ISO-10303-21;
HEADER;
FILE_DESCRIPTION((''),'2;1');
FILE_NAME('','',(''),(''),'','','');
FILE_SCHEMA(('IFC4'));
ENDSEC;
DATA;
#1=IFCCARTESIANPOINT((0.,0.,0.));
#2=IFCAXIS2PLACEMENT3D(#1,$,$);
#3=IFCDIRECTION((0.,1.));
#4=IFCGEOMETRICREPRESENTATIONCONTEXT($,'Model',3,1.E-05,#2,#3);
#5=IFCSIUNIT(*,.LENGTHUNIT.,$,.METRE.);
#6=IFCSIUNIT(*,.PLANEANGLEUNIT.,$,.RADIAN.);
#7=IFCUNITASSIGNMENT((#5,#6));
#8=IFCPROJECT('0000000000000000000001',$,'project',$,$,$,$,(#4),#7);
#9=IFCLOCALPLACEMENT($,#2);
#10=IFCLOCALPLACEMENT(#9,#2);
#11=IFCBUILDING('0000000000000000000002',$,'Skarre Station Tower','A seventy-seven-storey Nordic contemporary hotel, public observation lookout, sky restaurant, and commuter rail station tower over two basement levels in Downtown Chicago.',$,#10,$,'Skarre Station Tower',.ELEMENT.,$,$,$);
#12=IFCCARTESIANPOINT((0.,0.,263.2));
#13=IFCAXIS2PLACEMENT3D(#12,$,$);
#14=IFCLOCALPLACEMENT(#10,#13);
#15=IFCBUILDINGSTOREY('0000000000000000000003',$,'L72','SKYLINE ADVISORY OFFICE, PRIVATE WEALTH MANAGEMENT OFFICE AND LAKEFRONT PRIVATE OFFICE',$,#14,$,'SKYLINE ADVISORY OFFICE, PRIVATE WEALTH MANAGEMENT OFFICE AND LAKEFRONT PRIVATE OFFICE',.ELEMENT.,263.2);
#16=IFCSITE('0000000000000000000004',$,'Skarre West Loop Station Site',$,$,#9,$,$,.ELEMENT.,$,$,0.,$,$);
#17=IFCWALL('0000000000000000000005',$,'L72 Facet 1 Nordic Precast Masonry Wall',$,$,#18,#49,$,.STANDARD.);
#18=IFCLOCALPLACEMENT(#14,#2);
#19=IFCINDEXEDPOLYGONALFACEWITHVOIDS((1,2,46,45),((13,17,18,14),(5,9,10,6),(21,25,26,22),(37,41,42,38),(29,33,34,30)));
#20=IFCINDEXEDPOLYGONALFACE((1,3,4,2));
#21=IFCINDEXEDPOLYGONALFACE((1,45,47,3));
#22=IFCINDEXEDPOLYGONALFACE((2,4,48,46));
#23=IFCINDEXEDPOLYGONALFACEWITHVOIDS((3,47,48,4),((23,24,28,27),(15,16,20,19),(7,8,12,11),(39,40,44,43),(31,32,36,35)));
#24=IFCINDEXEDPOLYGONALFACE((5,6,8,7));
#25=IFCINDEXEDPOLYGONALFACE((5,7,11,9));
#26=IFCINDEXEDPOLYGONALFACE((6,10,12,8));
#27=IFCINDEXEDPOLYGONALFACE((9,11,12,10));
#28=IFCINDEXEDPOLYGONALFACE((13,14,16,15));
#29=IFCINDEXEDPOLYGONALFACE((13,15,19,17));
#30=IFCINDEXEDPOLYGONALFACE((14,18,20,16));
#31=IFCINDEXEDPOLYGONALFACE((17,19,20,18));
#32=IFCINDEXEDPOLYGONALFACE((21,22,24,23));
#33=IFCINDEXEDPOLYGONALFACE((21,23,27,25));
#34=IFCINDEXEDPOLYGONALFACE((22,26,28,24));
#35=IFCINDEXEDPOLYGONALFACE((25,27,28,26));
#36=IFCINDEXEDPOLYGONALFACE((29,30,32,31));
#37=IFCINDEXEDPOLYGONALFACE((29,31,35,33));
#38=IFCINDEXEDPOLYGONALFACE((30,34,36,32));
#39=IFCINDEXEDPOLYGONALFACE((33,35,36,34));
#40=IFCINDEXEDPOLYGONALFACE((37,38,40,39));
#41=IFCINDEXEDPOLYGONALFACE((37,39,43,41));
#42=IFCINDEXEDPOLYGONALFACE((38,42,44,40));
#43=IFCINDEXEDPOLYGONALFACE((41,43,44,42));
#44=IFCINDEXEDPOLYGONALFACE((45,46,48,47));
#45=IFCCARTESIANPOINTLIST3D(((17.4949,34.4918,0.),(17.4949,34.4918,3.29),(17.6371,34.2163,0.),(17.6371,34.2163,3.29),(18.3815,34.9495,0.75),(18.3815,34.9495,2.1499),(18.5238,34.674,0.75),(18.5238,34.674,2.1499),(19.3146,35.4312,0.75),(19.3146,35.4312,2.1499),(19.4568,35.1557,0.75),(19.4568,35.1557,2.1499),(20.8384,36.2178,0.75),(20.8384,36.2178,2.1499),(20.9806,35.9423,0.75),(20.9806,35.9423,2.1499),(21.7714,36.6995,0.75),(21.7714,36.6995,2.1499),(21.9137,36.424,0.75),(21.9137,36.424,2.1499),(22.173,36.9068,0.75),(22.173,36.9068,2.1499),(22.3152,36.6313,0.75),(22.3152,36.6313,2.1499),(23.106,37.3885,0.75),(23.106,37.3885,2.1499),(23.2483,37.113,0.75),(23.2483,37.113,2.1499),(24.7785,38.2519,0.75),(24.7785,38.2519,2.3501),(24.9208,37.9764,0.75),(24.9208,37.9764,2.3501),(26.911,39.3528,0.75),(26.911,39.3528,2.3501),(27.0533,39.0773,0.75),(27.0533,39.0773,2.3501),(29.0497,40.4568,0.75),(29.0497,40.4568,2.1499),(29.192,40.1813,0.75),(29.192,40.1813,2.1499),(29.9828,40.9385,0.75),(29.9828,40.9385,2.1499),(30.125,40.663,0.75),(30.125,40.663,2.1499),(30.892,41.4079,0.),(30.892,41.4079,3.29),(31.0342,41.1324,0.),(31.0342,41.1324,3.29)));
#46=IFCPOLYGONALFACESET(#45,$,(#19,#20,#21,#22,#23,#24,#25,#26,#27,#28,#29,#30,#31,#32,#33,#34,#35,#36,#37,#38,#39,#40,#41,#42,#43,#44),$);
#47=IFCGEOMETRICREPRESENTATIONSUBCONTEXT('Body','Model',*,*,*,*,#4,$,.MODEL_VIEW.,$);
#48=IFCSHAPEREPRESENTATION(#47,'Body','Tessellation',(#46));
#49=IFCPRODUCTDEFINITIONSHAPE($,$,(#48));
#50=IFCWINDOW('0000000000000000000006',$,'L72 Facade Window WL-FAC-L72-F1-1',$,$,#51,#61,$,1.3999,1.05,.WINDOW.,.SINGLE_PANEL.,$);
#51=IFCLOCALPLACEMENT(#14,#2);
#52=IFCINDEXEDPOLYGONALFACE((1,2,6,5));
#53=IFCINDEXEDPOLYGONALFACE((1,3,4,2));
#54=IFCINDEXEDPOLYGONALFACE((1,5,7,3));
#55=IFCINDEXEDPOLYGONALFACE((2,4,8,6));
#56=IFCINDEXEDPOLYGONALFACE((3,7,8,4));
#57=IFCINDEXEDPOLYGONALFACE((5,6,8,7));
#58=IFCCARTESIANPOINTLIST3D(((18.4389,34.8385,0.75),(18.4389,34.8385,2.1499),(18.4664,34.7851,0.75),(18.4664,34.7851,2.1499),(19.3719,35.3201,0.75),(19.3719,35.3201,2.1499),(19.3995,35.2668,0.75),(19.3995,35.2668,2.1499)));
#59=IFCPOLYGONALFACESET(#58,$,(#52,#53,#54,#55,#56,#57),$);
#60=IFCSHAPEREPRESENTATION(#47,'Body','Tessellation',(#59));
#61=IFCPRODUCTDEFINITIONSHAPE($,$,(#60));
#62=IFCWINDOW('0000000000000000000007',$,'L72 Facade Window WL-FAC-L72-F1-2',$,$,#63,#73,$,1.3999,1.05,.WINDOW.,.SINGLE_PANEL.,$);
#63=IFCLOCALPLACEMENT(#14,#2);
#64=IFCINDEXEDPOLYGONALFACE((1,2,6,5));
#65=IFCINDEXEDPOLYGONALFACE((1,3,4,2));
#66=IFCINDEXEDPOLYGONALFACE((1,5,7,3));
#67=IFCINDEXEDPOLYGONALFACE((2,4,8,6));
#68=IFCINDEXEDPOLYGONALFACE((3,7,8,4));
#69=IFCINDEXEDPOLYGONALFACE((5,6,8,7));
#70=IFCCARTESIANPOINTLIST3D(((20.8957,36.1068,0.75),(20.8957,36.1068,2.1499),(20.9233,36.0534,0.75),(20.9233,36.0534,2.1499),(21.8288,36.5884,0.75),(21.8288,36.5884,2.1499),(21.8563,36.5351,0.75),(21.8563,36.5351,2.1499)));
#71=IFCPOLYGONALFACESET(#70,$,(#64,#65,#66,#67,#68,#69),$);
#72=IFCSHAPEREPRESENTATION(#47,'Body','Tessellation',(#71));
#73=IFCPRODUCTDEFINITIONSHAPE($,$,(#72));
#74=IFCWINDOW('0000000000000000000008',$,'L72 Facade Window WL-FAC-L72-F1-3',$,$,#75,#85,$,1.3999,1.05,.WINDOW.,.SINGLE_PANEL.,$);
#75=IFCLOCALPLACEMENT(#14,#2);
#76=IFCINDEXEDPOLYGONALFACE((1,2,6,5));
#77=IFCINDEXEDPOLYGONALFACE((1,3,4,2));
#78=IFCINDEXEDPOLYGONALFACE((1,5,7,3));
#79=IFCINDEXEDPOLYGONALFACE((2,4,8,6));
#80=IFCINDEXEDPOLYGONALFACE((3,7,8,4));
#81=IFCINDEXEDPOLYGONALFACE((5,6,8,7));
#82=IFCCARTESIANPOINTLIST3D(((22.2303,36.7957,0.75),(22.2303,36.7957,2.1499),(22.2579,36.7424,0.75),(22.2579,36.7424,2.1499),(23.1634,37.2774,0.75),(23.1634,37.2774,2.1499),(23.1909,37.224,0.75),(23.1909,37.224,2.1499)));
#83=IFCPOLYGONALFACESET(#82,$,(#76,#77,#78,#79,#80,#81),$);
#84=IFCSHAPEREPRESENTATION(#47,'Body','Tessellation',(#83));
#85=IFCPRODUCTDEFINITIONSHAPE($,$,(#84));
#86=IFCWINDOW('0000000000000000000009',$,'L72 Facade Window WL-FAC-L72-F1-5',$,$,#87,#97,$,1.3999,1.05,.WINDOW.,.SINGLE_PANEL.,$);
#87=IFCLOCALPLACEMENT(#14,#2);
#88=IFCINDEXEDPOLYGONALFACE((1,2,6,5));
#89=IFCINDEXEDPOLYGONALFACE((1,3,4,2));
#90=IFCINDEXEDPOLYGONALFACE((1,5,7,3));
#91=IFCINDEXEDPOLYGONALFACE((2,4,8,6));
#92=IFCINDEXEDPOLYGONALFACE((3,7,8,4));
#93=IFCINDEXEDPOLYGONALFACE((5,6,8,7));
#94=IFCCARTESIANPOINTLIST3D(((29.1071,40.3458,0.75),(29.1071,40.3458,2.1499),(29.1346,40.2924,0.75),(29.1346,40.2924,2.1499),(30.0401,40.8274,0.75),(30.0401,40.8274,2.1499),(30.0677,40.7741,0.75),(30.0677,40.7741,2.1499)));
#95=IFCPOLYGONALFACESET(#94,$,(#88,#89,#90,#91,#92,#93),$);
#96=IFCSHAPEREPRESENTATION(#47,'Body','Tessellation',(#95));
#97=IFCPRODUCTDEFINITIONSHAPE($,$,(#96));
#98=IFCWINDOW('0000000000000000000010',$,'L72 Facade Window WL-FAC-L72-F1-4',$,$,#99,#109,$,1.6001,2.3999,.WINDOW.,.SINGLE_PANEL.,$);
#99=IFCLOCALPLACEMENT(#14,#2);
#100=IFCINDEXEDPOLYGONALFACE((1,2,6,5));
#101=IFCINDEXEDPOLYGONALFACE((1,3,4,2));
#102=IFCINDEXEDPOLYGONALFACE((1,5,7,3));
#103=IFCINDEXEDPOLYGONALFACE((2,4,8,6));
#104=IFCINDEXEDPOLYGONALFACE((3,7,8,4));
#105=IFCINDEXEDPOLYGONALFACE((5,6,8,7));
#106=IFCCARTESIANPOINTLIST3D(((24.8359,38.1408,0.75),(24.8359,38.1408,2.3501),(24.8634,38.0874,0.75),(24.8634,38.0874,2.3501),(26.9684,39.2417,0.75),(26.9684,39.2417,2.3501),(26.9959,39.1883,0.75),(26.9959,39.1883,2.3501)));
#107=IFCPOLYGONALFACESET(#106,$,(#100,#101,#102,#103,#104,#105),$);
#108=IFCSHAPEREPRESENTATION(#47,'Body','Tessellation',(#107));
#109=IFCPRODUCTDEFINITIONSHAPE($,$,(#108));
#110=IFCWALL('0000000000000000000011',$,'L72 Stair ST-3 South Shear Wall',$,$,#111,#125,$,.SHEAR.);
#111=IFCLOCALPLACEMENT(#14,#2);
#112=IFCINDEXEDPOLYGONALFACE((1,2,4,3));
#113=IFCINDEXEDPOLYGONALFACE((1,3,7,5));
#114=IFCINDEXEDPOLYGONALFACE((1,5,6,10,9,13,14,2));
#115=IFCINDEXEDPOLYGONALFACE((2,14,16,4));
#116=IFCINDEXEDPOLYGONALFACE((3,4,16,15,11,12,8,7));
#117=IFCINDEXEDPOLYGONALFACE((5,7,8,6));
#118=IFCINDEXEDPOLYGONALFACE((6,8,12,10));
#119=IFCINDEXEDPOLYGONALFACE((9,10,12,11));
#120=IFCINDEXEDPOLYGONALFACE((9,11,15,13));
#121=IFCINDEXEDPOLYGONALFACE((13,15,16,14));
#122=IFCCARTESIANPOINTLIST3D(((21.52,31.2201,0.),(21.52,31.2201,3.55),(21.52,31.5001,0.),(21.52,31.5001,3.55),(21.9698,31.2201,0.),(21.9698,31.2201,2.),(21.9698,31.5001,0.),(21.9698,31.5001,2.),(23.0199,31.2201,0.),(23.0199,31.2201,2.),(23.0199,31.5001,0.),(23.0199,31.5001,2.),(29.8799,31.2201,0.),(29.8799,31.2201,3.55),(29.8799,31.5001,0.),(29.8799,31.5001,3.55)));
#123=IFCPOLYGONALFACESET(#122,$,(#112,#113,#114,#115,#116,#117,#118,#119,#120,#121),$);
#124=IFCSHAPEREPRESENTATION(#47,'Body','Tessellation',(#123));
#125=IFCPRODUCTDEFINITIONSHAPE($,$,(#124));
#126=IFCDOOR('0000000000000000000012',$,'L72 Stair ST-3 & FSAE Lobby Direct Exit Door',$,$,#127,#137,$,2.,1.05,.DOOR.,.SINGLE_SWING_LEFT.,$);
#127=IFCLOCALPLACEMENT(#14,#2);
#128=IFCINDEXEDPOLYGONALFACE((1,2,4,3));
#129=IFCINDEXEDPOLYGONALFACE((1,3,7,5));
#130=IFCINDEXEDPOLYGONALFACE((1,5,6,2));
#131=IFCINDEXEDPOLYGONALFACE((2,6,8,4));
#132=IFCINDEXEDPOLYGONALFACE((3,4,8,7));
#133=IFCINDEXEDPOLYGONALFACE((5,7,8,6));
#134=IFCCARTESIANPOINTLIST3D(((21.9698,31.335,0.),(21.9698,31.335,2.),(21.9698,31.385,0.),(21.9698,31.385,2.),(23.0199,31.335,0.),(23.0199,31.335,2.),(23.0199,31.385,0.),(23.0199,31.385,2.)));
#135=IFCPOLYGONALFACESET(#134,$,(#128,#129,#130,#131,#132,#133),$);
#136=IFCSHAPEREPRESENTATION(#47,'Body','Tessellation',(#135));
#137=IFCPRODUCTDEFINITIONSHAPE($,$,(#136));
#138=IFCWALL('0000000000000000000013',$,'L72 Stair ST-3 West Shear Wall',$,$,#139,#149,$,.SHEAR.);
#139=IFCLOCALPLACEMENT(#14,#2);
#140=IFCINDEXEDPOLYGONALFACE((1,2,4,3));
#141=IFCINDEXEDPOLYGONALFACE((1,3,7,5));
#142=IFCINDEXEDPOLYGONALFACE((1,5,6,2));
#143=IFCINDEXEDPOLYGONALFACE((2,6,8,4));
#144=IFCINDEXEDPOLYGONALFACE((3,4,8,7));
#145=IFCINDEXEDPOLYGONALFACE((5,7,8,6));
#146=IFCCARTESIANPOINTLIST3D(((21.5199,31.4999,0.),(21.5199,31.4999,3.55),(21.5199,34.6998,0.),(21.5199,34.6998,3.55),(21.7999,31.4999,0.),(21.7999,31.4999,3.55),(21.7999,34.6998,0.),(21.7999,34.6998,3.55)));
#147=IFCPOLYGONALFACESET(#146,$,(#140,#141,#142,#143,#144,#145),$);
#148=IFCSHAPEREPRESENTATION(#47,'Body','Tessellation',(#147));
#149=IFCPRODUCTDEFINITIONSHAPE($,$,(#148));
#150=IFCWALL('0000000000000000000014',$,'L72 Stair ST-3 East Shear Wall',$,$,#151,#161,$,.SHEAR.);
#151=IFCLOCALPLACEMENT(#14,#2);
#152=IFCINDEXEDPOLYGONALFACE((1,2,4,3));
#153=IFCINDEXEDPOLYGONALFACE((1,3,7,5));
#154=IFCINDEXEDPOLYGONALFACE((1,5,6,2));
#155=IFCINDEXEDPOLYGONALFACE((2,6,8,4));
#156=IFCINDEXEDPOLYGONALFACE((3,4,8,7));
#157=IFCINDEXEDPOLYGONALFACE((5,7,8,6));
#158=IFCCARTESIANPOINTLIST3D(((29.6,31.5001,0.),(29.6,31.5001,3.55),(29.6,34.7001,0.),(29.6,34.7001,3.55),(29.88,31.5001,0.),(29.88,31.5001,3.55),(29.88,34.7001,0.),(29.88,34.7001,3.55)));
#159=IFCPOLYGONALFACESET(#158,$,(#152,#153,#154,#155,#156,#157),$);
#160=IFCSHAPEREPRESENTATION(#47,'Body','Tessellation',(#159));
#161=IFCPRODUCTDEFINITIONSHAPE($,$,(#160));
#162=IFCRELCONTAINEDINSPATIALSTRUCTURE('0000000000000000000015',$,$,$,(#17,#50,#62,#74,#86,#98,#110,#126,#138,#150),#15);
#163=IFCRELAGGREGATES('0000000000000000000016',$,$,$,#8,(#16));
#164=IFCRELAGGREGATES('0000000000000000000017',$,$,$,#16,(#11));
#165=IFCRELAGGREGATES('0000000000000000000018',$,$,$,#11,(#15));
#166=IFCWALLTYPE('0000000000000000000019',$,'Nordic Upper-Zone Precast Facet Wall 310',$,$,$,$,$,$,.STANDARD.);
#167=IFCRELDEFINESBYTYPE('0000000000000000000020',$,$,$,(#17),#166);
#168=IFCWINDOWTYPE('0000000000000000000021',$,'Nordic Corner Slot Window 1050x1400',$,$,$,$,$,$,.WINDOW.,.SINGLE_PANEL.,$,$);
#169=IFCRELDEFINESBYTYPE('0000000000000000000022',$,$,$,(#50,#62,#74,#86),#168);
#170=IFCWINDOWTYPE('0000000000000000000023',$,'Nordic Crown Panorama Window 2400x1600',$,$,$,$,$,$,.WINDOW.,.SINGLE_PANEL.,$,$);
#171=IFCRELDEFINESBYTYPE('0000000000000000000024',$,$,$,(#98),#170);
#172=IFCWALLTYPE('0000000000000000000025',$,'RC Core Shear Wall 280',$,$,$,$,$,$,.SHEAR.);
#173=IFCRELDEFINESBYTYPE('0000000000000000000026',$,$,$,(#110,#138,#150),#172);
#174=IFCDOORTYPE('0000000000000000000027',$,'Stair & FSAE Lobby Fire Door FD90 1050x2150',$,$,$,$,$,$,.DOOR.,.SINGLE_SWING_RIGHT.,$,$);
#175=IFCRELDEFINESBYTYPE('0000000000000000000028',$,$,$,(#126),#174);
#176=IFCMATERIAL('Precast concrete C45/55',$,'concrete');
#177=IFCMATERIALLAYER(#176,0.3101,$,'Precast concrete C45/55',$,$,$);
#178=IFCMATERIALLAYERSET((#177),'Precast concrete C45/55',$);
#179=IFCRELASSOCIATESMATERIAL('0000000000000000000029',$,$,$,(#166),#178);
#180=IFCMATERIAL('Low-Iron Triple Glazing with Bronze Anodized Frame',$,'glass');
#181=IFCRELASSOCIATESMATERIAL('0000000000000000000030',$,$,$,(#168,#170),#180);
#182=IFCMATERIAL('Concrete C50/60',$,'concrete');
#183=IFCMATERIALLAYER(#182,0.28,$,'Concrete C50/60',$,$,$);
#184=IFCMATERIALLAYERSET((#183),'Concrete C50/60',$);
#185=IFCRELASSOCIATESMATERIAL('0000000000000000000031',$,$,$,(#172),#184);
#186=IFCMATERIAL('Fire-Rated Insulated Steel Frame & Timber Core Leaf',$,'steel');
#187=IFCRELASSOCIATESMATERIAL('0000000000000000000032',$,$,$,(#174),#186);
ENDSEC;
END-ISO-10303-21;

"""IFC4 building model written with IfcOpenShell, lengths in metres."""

from ifc_helpers import new_model, si_unit, direction, frame, frame_2d, origin, place, context, subcontext, project, spatial, rectangle, extrude, material, layer, layer_set, type_object, element, fill, save


model = new_model("IFC4")

# Units and contexts
model_context = context("Model", 3, precision=1e-05, world=origin(), true_north=direction((0.0, 1.0)))
body_context = subcontext(model_context, "Body", "Model", "MODEL_VIEW")
ifc_project = project(units=[si_unit("LENGTHUNIT", "METRE"), si_unit("PLANEANGLEUNIT", "RADIAN")], contexts=[model_context])

# Site, building, storey
site_placement = place(None, origin())
site = spatial("IfcSite", under=ifc_project, at=site_placement, Name="Skarre West Loop Station Site", CompositionType="ELEMENT", RefElevation=0.0)
building_placement = place(site_placement, origin())
building = spatial("IfcBuilding", under=site, at=building_placement, Name="Skarre Station Tower", Description="A seventy-seven-storey Nordic contemporary hotel, public observation lookout, sky restaurant, and commuter rail station tower over two basement levels in Downtown Chicago.", LongName="Skarre Station Tower", CompositionType="ELEMENT")
storey_placement = place(building_placement, frame((0.0, 0.0, 263.2)))
storey = spatial("IfcBuildingStorey", under=building, at=storey_placement, Name="L72", Description="SKYLINE ADVISORY OFFICE, PRIVATE WEALTH MANAGEMENT OFFICE AND LAKEFRONT PRIVATE OFFICE", LongName="SKYLINE ADVISORY OFFICE, PRIVATE WEALTH MANAGEMENT OFFICE AND LAKEFRONT PRIVATE OFFICE", CompositionType="ELEMENT", Elevation=263.2)

# Shared definitions
ifc_material_1 = material(Name="Concrete C50/60", Category="concrete")

# Shared definitions
ifc_material_2 = material(Name="Precast concrete C45/55", Category="concrete")

# Wall, openings, windows
ifc_layer_1 = layer(ifc_material_2, 0.3101, Name="Precast concrete C45/55")
ifc_layer_set_1 = layer_set([ifc_layer_1], Name="Precast concrete C45/55")
wall_type_1 = type_object("IfcWallType", Name="Nordic Upper-Zone Precast Facet Wall 310", PredefinedType="STANDARD", material=ifc_layer_set_1)
wall_1_placement = place(storey_placement, frame((17.5659, 34.354, 0.0), z_axis=(0.0, 0.0, 1.0), x_axis=(0.888581, 0.458719, 0.0)))
wall_1 = element("IfcWall", 1, at=wall_1_placement, inside=storey, type_object=wall_type_1, Name="L72 Facet 1 Nordic Precast Masonry Wall", PredefinedType="STANDARD", context=body_context, shape_type="SweptSolid", body=[
    extrude(rectangle(XDim=15.0769, YDim=0.3101, at=frame_2d((7.5386, 0.0))), origin(), (0.0, 0.0, 1.0), 3.29),
])
opening_1_placement = place(wall_1_placement, frame((0.998, 0.0, 0.75)))
opening_1 = element("IfcOpeningElement", 2, at=opening_1_placement, cuts=wall_1, PredefinedType="OPENING", context=body_context, shape_type="SweptSolid", body=[
    extrude(rectangle(XDim=1.05, YDim=1.3999, at=frame_2d((0.5249, 0.7))), frame((0.0, 0.165, 0.0), z_axis=(0.0, -1.0, 0.0), x_axis=(1.0, 0.0, 0.0)), (0.0, 0.0, 1.0), 0.3301),
])
opening_2_placement = place(wall_1_placement, frame((3.7629, 0.0, 0.75)))
opening_2 = element("IfcOpeningElement", 3, at=opening_2_placement, cuts=wall_1, PredefinedType="OPENING", context=body_context, shape_type="SweptSolid", body=[
    extrude(rectangle(XDim=1.05, YDim=1.3999, at=frame_2d((0.5249, 0.7))), frame((0.0, 0.165, 0.0), z_axis=(0.0, -1.0, 0.0), x_axis=(1.0, 0.0, 0.0)), (0.0, 0.0, 1.0), 0.3301),
])
opening_3_placement = place(wall_1_placement, frame((5.2649, 0.0, 0.75)))
opening_3 = element("IfcOpeningElement", 4, at=opening_3_placement, cuts=wall_1, PredefinedType="OPENING", context=body_context, shape_type="SweptSolid", body=[
    extrude(rectangle(XDim=1.05, YDim=1.3999, at=frame_2d((0.5249, 0.7))), frame((0.0, 0.165, 0.0), z_axis=(0.0, -1.0, 0.0), x_axis=(1.0, 0.0, 0.0)), (0.0, 0.0, 1.0), 0.3301),
])
opening_4_placement = place(wall_1_placement, frame((8.197, 0.0, 0.75)))
opening_4 = element("IfcOpeningElement", 5, at=opening_4_placement, cuts=wall_1, PredefinedType="OPENING", context=body_context, shape_type="SweptSolid", body=[
    extrude(rectangle(XDim=2.3999, YDim=1.6001, at=frame_2d((1.2, 0.8))), frame((0.0, 0.165, 0.0), z_axis=(0.0, -1.0, 0.0), x_axis=(1.0, 0.0, 0.0)), (0.0, 0.0, 1.0), 0.3301),
])
opening_5_placement = place(wall_1_placement, frame((13.0039, 0.0, 0.75)))
opening_5 = element("IfcOpeningElement", 6, at=opening_5_placement, cuts=wall_1, PredefinedType="OPENING", context=body_context, shape_type="SweptSolid", body=[
    extrude(rectangle(XDim=1.05, YDim=1.3999, at=frame_2d((0.5249, 0.7))), frame((0.0, 0.165, 0.0), z_axis=(0.0, -1.0, 0.0), x_axis=(1.0, 0.0, 0.0)), (0.0, 0.0, 1.0), 0.3301),
])
ifc_material_3 = material(Name="Low-Iron Triple Glazing with Bronze Anodized Frame", Category="glass")
window_type_1 = type_object("IfcWindowType", Name="Nordic Corner Slot Window 1050x1400", PartitioningType="SINGLE_PANEL", PredefinedType="WINDOW", material=ifc_material_3)
window_1_placement = place(opening_1_placement, origin())
window_1 = element("IfcWindow", 7, at=window_1_placement, inside=storey, type_object=window_type_1, Name="L72 Facade Window WL-FAC-L72-F1-1", OverallHeight=1.3999, OverallWidth=1.05, PartitioningType="SINGLE_PANEL", PredefinedType="WINDOW", context=body_context, shape_type="SweptSolid", body=[
    extrude(rectangle(XDim=1.05, YDim=1.3999, at=frame_2d((0.5249, 0.7))), frame((0.0, 0.03, 0.0), z_axis=(0.0, -1.0, 0.0), x_axis=(1.0, 0.0, 0.0)), (0.0, 0.0, 1.0), 0.0601),
])
fill(opening_1, window_1)
window_2_placement = place(opening_2_placement, origin())
window_2 = element("IfcWindow", 8, at=window_2_placement, inside=storey, type_object=window_type_1, Name="L72 Facade Window WL-FAC-L72-F1-2", OverallHeight=1.3999, OverallWidth=1.05, PartitioningType="SINGLE_PANEL", PredefinedType="WINDOW", context=body_context, shape_type="SweptSolid", body=[
    extrude(rectangle(XDim=1.05, YDim=1.3999, at=frame_2d((0.5249, 0.7))), frame((0.0, 0.03, 0.0), z_axis=(0.0, -1.0, 0.0), x_axis=(1.0, 0.0, 0.0)), (0.0, 0.0, 1.0), 0.0601),
])
fill(opening_2, window_2)
window_3_placement = place(opening_3_placement, origin())
window_3 = element("IfcWindow", 9, at=window_3_placement, inside=storey, type_object=window_type_1, Name="L72 Facade Window WL-FAC-L72-F1-3", OverallHeight=1.3999, OverallWidth=1.05, PartitioningType="SINGLE_PANEL", PredefinedType="WINDOW", context=body_context, shape_type="SweptSolid", body=[
    extrude(rectangle(XDim=1.05, YDim=1.3999, at=frame_2d((0.5249, 0.7))), frame((0.0, 0.03, 0.0), z_axis=(0.0, -1.0, 0.0), x_axis=(1.0, 0.0, 0.0)), (0.0, 0.0, 1.0), 0.0601),
])
fill(opening_3, window_3)
window_4_placement = place(opening_5_placement, origin())
window_4 = element("IfcWindow", 10, at=window_4_placement, inside=storey, type_object=window_type_1, Name="L72 Facade Window WL-FAC-L72-F1-5", OverallHeight=1.3999, OverallWidth=1.05, PartitioningType="SINGLE_PANEL", PredefinedType="WINDOW", context=body_context, shape_type="SweptSolid", body=[
    extrude(rectangle(XDim=1.05, YDim=1.3999, at=frame_2d((0.5249, 0.7))), frame((0.0, 0.03, 0.0), z_axis=(0.0, -1.0, 0.0), x_axis=(1.0, 0.0, 0.0)), (0.0, 0.0, 1.0), 0.0601),
])
fill(opening_5, window_4)
window_type_2 = type_object("IfcWindowType", Name="Nordic Crown Panorama Window 2400x1600", PartitioningType="SINGLE_PANEL", PredefinedType="WINDOW", material=ifc_material_3)
window_5_placement = place(opening_4_placement, origin())
window_5 = element("IfcWindow", 11, at=window_5_placement, inside=storey, type_object=window_type_2, Name="L72 Facade Window WL-FAC-L72-F1-4", OverallHeight=1.6001, OverallWidth=2.3999, PartitioningType="SINGLE_PANEL", PredefinedType="WINDOW", context=body_context, shape_type="SweptSolid", body=[
    extrude(rectangle(XDim=2.3999, YDim=1.6001, at=frame_2d((1.2, 0.8))), frame((0.0, 0.03, 0.0), z_axis=(0.0, -1.0, 0.0), x_axis=(1.0, 0.0, 0.0)), (0.0, 0.0, 1.0), 0.0601),
])
fill(opening_4, window_5)

# Wall, opening, door
ifc_layer_2 = layer(ifc_material_1, 0.28, Name="Concrete C50/60")
ifc_layer_set_2 = layer_set([ifc_layer_2], Name="Concrete C50/60")
wall_type_2 = type_object("IfcWallType", Name="RC Core Shear Wall 280", PredefinedType="SHEAR", material=ifc_layer_set_2)
wall_2_placement = place(storey_placement, frame((21.52, 31.3601, 0.0), z_axis=(0.0, 0.0, 1.0), x_axis=(1.0, 0.0, 0.0)))
wall_2 = element("IfcWall", 12, at=wall_2_placement, inside=storey, type_object=wall_type_2, Name="L72 Stair ST-3 South Shear Wall", PredefinedType="SHEAR", context=body_context, shape_type="SweptSolid", body=[
    extrude(rectangle(XDim=8.3599, YDim=0.28, at=frame_2d((4.1799, 0.0))), origin(), (0.0, 0.0, 1.0), 3.55),
])
opening_6_placement = place(wall_2_placement, frame((0.45, 0.0, 0.0)))
opening_6 = element("IfcOpeningElement", 13, at=opening_6_placement, cuts=wall_2, PredefinedType="OPENING", context=body_context, shape_type="SweptSolid", body=[
    extrude(rectangle(XDim=1.05, YDim=2.0, at=frame_2d((0.5249, 1.0))), frame((0.0, 0.1499, 0.0), z_axis=(0.0, -1.0, 0.0), x_axis=(1.0, 0.0, 0.0)), (0.0, 0.0, 1.0), 0.3),
])
ifc_material_4 = material(Name="Fire-Rated Insulated Steel Frame & Timber Core Leaf", Category="steel")
door_type_1 = type_object("IfcDoorType", Name="Stair & FSAE Lobby Fire Door FD90 1050x2150", OperationType="SINGLE_SWING_RIGHT", PredefinedType="DOOR", material=ifc_material_4)
door_1_placement = place(opening_6_placement, origin())
door_1 = element("IfcDoor", 14, at=door_1_placement, inside=storey, type_object=door_type_1, Name="L72 Stair ST-3 & FSAE Lobby Direct Exit Door", OperationType="SINGLE_SWING_LEFT", OverallHeight=2.0, OverallWidth=1.05, PredefinedType="DOOR", context=body_context, shape_type="SweptSolid", body=[
    extrude(rectangle(XDim=1.05, YDim=2.0, at=frame_2d((0.5249, 1.0))), frame((0.0, 0.0249, 0.0), z_axis=(0.0, -1.0, 0.0), x_axis=(1.0, 0.0, 0.0)), (0.0, 0.0, 1.0), 0.05),
])
fill(opening_6, door_1)

# Walls
for number, where, z_axis, x_axis, name in (
    (15, (21.6599, 34.7, 0.0), (0.0, 0.0, 1.0), (0.0, -1.0, 0.0), "L72 Stair ST-3 West Shear Wall"),
    (16, (29.74, 31.5, 0.0), (0.0, 0.0, 1.0), (0.0, 1.0, 0.0), "L72 Stair ST-3 East Shear Wall"),
):
    element("IfcWall", number, at=place(storey_placement, frame(where, z_axis=z_axis, x_axis=x_axis)), inside=storey, type_object=wall_type_2, Name=name, PredefinedType="SHEAR", context=body_context, shape_type="SweptSolid", body=[
        extrude(rectangle(XDim=3.2, YDim=0.28, at=frame_2d((1.6001, 0.0))), origin(), (0.0, 0.0, 1.0), 3.55),
    ])

save(model, "model.ifc")
